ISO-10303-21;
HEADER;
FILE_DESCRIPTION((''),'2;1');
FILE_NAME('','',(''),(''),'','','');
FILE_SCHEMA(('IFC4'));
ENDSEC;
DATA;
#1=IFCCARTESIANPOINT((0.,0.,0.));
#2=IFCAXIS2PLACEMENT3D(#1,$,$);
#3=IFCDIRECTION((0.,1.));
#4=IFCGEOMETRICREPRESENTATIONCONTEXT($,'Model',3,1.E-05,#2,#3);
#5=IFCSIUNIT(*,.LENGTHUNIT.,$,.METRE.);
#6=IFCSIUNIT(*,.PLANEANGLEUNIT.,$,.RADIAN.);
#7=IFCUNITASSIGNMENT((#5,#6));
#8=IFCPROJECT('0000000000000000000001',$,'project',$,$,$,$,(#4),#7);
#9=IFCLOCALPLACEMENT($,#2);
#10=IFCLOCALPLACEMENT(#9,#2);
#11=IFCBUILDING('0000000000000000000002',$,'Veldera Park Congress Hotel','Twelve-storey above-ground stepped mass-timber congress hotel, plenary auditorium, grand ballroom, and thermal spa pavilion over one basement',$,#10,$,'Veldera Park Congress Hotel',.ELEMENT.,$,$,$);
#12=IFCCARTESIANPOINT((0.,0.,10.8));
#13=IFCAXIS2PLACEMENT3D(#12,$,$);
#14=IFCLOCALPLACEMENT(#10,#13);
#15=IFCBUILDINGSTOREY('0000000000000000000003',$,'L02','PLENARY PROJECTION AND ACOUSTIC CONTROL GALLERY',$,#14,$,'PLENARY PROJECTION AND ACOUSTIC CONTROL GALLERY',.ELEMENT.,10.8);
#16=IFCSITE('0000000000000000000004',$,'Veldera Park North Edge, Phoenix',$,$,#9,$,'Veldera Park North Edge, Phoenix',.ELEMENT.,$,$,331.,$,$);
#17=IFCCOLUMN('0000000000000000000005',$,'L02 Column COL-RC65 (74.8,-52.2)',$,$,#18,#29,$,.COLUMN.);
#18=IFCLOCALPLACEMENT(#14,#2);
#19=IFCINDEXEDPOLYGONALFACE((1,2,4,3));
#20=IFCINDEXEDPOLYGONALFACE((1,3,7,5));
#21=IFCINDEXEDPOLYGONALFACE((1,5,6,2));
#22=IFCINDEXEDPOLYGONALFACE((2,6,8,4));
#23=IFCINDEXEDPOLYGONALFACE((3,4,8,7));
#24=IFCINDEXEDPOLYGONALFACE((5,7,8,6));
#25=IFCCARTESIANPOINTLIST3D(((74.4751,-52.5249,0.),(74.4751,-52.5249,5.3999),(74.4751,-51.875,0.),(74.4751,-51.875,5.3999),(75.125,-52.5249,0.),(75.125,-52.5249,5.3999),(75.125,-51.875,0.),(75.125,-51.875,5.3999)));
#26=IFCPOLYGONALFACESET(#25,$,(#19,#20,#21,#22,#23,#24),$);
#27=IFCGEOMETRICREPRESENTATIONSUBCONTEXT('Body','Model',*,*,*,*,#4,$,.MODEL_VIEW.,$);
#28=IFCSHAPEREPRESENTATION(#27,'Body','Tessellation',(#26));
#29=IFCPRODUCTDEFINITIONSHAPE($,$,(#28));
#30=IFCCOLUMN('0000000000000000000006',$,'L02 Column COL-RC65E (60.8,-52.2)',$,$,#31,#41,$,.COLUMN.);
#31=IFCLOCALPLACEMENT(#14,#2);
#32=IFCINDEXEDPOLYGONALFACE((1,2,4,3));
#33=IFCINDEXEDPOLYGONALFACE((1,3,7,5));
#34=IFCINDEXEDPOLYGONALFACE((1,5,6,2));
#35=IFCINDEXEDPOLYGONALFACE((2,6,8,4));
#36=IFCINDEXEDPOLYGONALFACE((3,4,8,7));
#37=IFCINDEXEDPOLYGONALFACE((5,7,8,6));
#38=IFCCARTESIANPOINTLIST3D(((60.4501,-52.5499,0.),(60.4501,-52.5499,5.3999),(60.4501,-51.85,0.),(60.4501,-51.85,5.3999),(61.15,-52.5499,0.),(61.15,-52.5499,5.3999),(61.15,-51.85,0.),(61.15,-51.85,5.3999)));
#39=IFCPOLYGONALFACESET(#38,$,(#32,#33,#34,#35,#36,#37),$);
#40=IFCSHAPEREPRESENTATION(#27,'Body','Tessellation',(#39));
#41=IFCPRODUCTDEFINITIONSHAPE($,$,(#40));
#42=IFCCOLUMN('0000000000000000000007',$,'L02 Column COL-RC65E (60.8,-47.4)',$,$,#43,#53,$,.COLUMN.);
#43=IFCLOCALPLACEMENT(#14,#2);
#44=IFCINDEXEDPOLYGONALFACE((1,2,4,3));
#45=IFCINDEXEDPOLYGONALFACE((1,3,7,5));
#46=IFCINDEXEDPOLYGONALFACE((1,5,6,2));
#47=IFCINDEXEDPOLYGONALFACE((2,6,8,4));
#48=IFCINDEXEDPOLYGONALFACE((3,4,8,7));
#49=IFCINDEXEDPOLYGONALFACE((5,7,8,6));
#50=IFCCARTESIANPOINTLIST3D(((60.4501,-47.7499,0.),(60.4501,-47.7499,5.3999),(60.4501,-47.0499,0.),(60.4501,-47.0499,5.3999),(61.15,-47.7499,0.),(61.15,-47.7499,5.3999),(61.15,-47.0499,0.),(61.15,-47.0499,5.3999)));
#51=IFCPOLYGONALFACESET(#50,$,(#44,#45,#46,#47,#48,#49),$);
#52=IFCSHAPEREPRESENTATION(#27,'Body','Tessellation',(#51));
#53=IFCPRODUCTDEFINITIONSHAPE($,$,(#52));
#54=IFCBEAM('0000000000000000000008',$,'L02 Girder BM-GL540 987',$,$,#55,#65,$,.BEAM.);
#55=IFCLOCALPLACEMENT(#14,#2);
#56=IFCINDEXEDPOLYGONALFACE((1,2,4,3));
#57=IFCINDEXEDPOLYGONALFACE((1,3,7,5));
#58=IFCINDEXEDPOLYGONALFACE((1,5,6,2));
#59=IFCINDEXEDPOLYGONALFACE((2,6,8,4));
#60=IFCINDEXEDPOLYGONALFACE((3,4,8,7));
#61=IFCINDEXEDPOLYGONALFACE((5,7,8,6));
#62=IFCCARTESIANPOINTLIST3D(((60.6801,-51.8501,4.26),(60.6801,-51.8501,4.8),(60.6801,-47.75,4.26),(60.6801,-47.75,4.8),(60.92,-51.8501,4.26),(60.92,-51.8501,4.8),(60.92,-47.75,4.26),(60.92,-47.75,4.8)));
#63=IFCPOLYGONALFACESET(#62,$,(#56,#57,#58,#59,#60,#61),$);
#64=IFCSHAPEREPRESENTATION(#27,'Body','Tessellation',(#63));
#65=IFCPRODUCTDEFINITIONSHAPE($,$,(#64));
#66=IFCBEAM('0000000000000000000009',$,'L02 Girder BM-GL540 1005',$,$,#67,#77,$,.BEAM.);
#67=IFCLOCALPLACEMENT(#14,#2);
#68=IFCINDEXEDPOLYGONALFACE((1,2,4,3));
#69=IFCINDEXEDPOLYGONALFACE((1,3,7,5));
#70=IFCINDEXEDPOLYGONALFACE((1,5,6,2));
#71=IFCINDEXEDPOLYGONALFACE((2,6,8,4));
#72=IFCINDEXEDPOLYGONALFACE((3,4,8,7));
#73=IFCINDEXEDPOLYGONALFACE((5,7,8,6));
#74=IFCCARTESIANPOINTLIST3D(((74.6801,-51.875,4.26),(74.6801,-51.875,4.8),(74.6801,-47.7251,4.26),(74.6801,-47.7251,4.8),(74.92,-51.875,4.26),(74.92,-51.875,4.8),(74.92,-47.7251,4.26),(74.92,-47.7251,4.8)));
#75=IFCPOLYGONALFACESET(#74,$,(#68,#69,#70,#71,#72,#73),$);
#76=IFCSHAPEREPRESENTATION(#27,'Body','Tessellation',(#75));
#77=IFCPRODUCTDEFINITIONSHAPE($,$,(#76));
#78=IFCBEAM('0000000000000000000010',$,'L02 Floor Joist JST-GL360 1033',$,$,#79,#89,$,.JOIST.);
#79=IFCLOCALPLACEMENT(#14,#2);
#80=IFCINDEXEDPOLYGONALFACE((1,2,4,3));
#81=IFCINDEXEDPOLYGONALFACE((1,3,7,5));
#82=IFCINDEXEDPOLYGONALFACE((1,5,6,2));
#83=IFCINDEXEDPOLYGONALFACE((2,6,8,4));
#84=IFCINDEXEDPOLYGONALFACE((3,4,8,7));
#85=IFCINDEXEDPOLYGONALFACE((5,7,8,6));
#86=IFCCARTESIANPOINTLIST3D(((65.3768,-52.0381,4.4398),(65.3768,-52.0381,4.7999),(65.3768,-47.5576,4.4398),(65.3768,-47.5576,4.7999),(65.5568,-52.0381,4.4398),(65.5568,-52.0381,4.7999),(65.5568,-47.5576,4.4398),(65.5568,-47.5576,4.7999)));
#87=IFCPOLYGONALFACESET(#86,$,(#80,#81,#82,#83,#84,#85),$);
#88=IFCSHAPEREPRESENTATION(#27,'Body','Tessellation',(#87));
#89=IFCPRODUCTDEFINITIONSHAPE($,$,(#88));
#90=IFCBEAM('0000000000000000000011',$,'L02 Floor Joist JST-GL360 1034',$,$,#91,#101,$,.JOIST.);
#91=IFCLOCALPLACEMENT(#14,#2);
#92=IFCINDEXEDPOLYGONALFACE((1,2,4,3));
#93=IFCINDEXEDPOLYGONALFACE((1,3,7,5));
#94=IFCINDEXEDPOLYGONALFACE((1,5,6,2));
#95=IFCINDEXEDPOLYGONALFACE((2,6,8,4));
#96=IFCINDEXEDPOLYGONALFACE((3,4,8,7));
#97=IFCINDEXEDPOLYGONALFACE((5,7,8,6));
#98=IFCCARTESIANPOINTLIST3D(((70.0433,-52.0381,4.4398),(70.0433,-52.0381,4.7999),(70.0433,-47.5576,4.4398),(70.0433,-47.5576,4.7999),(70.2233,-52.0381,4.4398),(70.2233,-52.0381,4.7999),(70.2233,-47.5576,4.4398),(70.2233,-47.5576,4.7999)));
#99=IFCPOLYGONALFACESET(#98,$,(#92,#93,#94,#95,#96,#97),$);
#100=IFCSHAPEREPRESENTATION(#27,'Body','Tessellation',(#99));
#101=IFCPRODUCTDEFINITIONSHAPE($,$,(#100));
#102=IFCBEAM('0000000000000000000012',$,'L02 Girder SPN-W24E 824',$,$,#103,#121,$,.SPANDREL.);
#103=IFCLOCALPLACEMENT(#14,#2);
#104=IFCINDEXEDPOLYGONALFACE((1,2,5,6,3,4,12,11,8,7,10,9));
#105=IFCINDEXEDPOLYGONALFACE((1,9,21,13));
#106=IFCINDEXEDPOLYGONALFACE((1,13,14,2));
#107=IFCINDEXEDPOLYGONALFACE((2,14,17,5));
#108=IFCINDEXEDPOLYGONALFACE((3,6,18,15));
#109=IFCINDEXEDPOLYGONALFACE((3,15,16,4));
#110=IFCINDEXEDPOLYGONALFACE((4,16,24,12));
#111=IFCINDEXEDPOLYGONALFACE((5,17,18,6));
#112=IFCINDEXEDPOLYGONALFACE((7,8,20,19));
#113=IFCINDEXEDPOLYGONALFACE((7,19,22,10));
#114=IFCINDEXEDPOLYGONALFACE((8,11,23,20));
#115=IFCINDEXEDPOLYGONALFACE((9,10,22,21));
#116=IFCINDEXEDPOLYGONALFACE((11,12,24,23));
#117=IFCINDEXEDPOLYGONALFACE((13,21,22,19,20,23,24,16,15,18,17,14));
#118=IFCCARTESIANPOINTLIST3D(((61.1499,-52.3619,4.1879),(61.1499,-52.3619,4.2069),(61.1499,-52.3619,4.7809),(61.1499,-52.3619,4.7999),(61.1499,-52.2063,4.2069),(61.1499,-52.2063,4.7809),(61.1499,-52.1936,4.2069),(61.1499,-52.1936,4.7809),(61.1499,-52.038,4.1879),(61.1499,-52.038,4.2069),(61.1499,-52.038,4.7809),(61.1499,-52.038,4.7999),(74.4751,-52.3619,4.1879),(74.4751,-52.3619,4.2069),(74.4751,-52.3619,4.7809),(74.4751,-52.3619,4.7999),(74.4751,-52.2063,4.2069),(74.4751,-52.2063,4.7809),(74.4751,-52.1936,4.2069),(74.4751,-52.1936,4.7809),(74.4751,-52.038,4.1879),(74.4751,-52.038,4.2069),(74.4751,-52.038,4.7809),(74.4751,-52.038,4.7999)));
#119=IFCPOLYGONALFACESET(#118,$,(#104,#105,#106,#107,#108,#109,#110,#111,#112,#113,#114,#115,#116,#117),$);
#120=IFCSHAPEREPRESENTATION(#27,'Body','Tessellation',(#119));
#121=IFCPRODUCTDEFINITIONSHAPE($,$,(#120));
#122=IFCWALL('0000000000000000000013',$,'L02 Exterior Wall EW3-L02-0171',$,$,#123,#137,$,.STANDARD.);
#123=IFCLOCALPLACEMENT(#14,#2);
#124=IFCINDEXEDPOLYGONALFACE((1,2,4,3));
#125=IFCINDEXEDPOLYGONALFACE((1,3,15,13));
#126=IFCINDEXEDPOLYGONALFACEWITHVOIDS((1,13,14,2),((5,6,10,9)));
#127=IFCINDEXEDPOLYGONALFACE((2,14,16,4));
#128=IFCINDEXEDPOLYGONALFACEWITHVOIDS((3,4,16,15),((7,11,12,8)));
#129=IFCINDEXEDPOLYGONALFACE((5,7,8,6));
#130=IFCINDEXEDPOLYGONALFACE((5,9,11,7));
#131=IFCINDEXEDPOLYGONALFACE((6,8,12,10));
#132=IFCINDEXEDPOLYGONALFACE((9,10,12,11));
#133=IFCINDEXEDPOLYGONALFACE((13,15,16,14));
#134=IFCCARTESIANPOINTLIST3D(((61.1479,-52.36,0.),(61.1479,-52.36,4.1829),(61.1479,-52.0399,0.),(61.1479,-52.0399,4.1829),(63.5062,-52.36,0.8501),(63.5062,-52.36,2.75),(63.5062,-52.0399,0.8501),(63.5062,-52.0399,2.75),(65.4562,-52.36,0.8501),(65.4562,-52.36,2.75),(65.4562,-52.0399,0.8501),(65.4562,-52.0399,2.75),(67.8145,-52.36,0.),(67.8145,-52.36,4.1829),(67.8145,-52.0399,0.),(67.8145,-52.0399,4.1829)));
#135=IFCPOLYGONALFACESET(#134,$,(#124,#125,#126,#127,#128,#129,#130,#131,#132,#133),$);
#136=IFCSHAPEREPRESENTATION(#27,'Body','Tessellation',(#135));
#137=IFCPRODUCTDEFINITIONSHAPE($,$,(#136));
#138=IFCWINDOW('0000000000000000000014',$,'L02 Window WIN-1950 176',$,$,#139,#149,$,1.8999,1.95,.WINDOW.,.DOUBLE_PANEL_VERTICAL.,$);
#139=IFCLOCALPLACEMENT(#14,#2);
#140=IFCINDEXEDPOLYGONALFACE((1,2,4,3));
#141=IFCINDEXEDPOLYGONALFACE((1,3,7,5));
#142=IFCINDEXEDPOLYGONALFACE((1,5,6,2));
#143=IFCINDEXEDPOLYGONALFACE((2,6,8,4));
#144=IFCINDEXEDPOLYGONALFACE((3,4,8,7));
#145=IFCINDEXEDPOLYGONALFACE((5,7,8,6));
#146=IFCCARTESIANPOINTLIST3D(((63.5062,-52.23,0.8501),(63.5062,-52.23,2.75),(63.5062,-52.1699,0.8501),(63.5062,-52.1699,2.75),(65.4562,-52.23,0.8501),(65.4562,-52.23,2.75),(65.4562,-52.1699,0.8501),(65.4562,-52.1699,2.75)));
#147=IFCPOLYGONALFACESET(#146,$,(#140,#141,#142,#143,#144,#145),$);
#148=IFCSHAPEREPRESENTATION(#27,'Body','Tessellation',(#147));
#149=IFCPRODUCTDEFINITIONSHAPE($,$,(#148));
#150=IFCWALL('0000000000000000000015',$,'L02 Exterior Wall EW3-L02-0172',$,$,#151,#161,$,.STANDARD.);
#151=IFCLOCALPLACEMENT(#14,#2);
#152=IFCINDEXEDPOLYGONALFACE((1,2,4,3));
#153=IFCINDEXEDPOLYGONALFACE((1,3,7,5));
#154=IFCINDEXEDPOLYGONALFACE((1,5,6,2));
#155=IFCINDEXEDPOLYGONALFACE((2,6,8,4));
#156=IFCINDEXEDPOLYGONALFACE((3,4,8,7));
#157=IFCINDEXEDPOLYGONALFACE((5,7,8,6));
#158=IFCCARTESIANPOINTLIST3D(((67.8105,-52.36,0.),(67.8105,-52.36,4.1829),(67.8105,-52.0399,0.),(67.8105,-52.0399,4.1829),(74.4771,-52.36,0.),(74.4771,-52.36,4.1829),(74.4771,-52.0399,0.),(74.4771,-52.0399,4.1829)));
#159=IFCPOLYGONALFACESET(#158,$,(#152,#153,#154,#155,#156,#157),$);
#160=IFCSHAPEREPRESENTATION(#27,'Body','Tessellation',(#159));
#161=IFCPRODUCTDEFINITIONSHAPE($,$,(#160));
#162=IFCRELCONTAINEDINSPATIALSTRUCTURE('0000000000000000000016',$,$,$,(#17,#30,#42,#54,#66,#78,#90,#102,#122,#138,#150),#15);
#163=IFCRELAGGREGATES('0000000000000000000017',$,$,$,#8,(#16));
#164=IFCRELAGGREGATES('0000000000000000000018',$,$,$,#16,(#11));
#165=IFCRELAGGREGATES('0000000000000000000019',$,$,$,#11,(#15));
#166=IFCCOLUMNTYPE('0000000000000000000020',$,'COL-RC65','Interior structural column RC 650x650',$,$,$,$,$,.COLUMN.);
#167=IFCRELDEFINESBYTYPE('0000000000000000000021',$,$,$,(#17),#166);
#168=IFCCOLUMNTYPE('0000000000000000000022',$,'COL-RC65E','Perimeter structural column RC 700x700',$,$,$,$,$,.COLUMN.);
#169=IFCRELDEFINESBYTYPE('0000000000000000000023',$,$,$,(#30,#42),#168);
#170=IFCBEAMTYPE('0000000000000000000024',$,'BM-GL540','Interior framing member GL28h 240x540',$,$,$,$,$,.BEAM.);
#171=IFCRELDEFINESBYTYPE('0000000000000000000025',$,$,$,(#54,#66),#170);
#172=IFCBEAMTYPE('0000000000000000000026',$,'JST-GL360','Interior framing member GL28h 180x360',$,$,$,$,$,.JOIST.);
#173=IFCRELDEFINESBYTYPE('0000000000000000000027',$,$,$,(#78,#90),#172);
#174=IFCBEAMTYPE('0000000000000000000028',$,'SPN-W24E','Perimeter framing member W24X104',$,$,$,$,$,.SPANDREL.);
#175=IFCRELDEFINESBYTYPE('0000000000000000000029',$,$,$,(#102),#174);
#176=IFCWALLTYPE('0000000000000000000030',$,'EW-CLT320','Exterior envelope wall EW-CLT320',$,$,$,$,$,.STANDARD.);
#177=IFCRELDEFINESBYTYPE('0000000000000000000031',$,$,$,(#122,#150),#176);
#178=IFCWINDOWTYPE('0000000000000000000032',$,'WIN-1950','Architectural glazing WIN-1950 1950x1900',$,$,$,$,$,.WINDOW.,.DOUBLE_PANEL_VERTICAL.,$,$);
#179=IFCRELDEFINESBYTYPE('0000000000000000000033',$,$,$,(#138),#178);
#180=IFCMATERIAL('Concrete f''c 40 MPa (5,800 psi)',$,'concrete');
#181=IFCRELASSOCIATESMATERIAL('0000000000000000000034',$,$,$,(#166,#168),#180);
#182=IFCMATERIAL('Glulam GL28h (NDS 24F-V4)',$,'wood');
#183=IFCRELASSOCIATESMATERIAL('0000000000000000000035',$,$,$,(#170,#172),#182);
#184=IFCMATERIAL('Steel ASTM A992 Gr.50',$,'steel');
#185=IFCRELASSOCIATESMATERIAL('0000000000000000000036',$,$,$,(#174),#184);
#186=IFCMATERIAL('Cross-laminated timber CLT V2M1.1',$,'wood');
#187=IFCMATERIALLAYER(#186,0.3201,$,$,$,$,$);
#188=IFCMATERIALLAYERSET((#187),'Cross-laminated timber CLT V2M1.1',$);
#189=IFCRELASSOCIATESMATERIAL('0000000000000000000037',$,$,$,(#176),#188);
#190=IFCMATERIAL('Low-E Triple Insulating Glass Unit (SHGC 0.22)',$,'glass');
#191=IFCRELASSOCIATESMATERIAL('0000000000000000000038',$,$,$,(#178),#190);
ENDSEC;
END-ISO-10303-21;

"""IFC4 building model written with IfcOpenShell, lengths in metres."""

from ifc_helpers import new_model, si_unit, direction, frame, frame_2d, origin, origin_2d, place, context, subcontext, project, spatial, rectangle, i_section, extrude, material, layer, layer_set, material_profile, profile_set, type_object, element, fill, save


model = new_model("IFC4")

# Units and contexts
model_context = context("Model", 3, precision=1e-05, world=origin(), true_north=direction((0.0, 1.0)))
body_context = subcontext(model_context, "Body", "Model", "MODEL_VIEW")
ifc_project = project(units=[si_unit("LENGTHUNIT", "METRE"), si_unit("PLANEANGLEUNIT", "RADIAN")], contexts=[model_context])

# Site, building, storey
site_placement = place(None, origin())
site = spatial("IfcSite", under=ifc_project, at=site_placement, Name="Veldera Park North Edge, Phoenix", LongName="Veldera Park North Edge, Phoenix", CompositionType="ELEMENT", RefElevation=331.0)
building_placement = place(site_placement, origin())
building = spatial("IfcBuilding", under=site, at=building_placement, Name="Veldera Park Congress Hotel", Description="Twelve-storey above-ground stepped mass-timber congress hotel, plenary auditorium, grand ballroom, and thermal spa pavilion over one basement", LongName="Veldera Park Congress Hotel", CompositionType="ELEMENT")
storey_placement = place(building_placement, frame((0.0, 0.0, 10.8)))
storey = spatial("IfcBuildingStorey", under=building, at=storey_placement, Name="L02", Description="PLENARY PROJECTION AND ACOUSTIC CONTROL GALLERY", LongName="PLENARY PROJECTION AND ACOUSTIC CONTROL GALLERY", CompositionType="ELEMENT", Elevation=10.8)

# Columns
ifc_material_1 = material(Name="Concrete f'c 40 MPa (5,800 psi)", Category="concrete")
ifc_material_profile_1 = material_profile(ifc_material_1, rectangle(XDim=0.6499, YDim=0.6499, at=origin_2d()), Name="RC 650x650")
ifc_profile_set_1 = profile_set([ifc_material_profile_1], Name="Concrete f'c 40 MPa (5,800 psi)")
column_type_1 = type_object("IfcColumnType", Name="COL-RC65", Description="Interior structural column RC 650x650", PredefinedType="COLUMN", material=ifc_profile_set_1)
column_placement = place(storey_placement, frame((74.8, -52.2, 0.0), z_axis=(0.0, 0.0, 1.0), x_axis=(1.0, 0.0, 0.0)))
element("IfcColumn", 1, at=column_placement, inside=storey, type_object=column_type_1, Name="L02 Column COL-RC65 (74.8,-52.2)", PredefinedType="COLUMN", context=body_context, shape_type="SweptSolid", body=[
    extrude(rectangle(XDim=0.6499, YDim=0.6499, at=origin_2d()), origin(), (0.0, 0.0, 1.0), 5.3999),
])
ifc_material_profile_2 = material_profile(ifc_material_1, rectangle(XDim=0.7, YDim=0.7, at=origin_2d()), Name="RC 700x700")
ifc_profile_set_2 = profile_set([ifc_material_profile_2], Name="Concrete f'c 40 MPa (5,800 psi)")
column_type_2 = type_object("IfcColumnType", Name="COL-RC65E", Description="Perimeter structural column RC 700x700", PredefinedType="COLUMN", material=ifc_profile_set_2)
for number, where, z_axis, x_axis, name in (
    (2, (60.8, -52.2, 0.0), (0.0, 0.0, 1.0), (1.0, 0.0, 0.0), "L02 Column COL-RC65E (60.8,-52.2)"),
    (3, (60.8, -47.3999, 0.0), (0.0, 0.0, 1.0), (1.0, 0.0, 0.0), "L02 Column COL-RC65E (60.8,-47.4)"),
):
    element("IfcColumn", number, at=place(storey_placement, frame(where, z_axis=z_axis, x_axis=x_axis)), inside=storey, type_object=column_type_2, Name=name, PredefinedType="COLUMN", context=body_context, shape_type="SweptSolid", body=[
        extrude(rectangle(XDim=0.7, YDim=0.7, at=origin_2d()), origin(), (0.0, 0.0, 1.0), 5.3999),
    ])

# Beams
ifc_material_2 = material(Name="Glulam GL28h (NDS 24F-V4)", Category="wood")
ifc_material_profile_3 = material_profile(ifc_material_2, rectangle(XDim=0.24, YDim=0.54, at=origin_2d()), Name="GL28h 240x540")
ifc_profile_set_3 = profile_set([ifc_material_profile_3], Name="Glulam GL28h (NDS 24F-V4)")
beam_type_1 = type_object("IfcBeamType", Name="BM-GL540", Description="Interior framing member GL28h 240x540", PredefinedType="BEAM", material=ifc_profile_set_3)
beam_1_placement = place(storey_placement, frame((60.8, -51.8501, 4.53), z_axis=(0.0, 1.0, 0.0), x_axis=(-1.0, 0.0, 0.0)))
element("IfcBeam", 4, at=beam_1_placement, inside=storey, type_object=beam_type_1, Name="L02 Girder BM-GL540 987", PredefinedType="BEAM", context=body_context, shape_type="SweptSolid", body=[
    extrude(rectangle(XDim=0.24, YDim=0.54, at=origin_2d()), origin(), (0.0, 0.0, 1.0), 4.1001),
])
beam_2_placement = place(storey_placement, frame((74.8, -51.875, 4.53), z_axis=(0.0, 1.0, 0.0), x_axis=(-1.0, 0.0, 0.0)))
element("IfcBeam", 5, at=beam_2_placement, inside=storey, type_object=beam_type_1, Name="L02 Girder BM-GL540 1005", PredefinedType="BEAM", context=body_context, shape_type="SweptSolid", body=[
    extrude(rectangle(XDim=0.24, YDim=0.54, at=origin_2d()), origin(), (0.0, 0.0, 1.0), 4.1499),
])
ifc_material_profile_4 = material_profile(ifc_material_2, rectangle(XDim=0.1799, YDim=0.3601, at=origin_2d()), Name="GL28h 180x360")
ifc_profile_set_4 = profile_set([ifc_material_profile_4], Name="Glulam GL28h (NDS 24F-V4)")
beam_type_2 = type_object("IfcBeamType", Name="JST-GL360", Description="Interior framing member GL28h 180x360", PredefinedType="JOIST", material=ifc_profile_set_4)
for number, where, z_axis, x_axis, name in (
    (6, (65.4668, -52.0381, 4.6199), (0.0, 1.0, 0.0), (-1.0, 0.0, 0.0), "L02 Floor Joist JST-GL360 1033"),
    (7, (70.1333, -52.0381, 4.6199), (0.0, 1.0, 0.0), (-1.0, 0.0, 0.0), "L02 Floor Joist JST-GL360 1034"),
):
    element("IfcBeam", number, at=place(storey_placement, frame(where, z_axis=z_axis, x_axis=x_axis)), inside=storey, type_object=beam_type_2, Name=name, PredefinedType="JOIST", context=body_context, shape_type="SweptSolid", body=[
        extrude(rectangle(XDim=0.1799, YDim=0.3601, at=origin_2d()), origin(), (0.0, 0.0, 1.0), 4.4805),
    ])
ifc_material_3 = material(Name="Steel ASTM A992 Gr.50", Category="steel")
ifc_material_profile_5 = material_profile(ifc_material_3, i_section(OverallWidth=0.324, OverallDepth=0.6121, WebThickness=0.0127, FlangeThickness=0.019, at=origin_2d()), Name="W24X104")
ifc_profile_set_5 = profile_set([ifc_material_profile_5], Name="Steel ASTM A992 Gr.50")
beam_type_3 = type_object("IfcBeamType", Name="SPN-W24E", Description="Perimeter framing member W24X104", PredefinedType="SPANDREL", material=ifc_profile_set_5)
beam_3_placement = place(storey_placement, frame((61.1499, -52.2, 4.4939), z_axis=(1.0, 0.0, 0.0), x_axis=(0.0, 1.0, 0.0)))
element("IfcBeam", 8, at=beam_3_placement, inside=storey, type_object=beam_type_3, Name="L02 Girder SPN-W24E 824", PredefinedType="SPANDREL", context=body_context, shape_type="SweptSolid", body=[
    extrude(i_section(OverallWidth=0.324, OverallDepth=0.6121, WebThickness=0.0127, FlangeThickness=0.019, at=origin_2d()), origin(), (0.0, 0.0, 1.0), 13.3252),
])

# Wall, opening, window
ifc_material_4 = material(Name="Cross-laminated timber CLT V2M1.1", Category="wood")
ifc_layer_1 = layer(ifc_material_4, 0.3201)
ifc_layer_set_1 = layer_set([ifc_layer_1], Name="Cross-laminated timber CLT V2M1.1")
wall_type_1 = type_object("IfcWallType", Name="EW-CLT320", Description="Exterior envelope wall EW-CLT320", PredefinedType="STANDARD", material=ifc_layer_set_1)
wall_1_placement = place(storey_placement, frame((61.1479, -52.2, 0.0), z_axis=(0.0, 0.0, 1.0), x_axis=(1.0, 0.0, 0.0)))
wall_1 = element("IfcWall", 9, at=wall_1_placement, inside=storey, type_object=wall_type_1, Name="L02 Exterior Wall EW3-L02-0171", PredefinedType="STANDARD", context=body_context, shape_type="SweptSolid", body=[
    extrude(rectangle(XDim=6.6665, YDim=0.3201, at=frame_2d((3.3333, 0.0))), origin(), (0.0, 0.0, 1.0), 4.1829),
])
opening_1_placement = place(wall_1_placement, frame((2.3582, 0.0, 0.8501)))
opening_1 = element("IfcOpeningElement", 10, at=opening_1_placement, cuts=wall_1, PredefinedType="OPENING", context=body_context, shape_type="SweptSolid", body=[
    extrude(rectangle(XDim=1.95, YDim=1.8999, at=frame_2d((0.9751, 0.95))), frame((0.0, 0.1721, 0.0), z_axis=(0.0, -1.0, 0.0), x_axis=(1.0, 0.0, 0.0)), (0.0, 0.0, 1.0), 0.344),
])
ifc_material_5 = material(Name="Low-E Triple Insulating Glass Unit (SHGC 0.22)", Category="glass")
window_type = type_object("IfcWindowType", Name="WIN-1950", Description="Architectural glazing WIN-1950 1950x1900", PartitioningType="DOUBLE_PANEL_VERTICAL", PredefinedType="WINDOW", material=ifc_material_5)
window_1_placement = place(opening_1_placement, origin())
window_1 = element("IfcWindow", 11, at=window_1_placement, inside=storey, type_object=window_type, Name="L02 Window WIN-1950 176", OverallHeight=1.8999, OverallWidth=1.95, PartitioningType="DOUBLE_PANEL_VERTICAL", PredefinedType="WINDOW", context=body_context, shape_type="SweptSolid", body=[
    extrude(rectangle(XDim=1.95, YDim=1.8999, at=frame_2d((0.9751, 0.95))), frame((0.0, 0.03, 0.0), z_axis=(0.0, -1.0, 0.0), x_axis=(1.0, 0.0, 0.0)), (0.0, 0.0, 1.0), 0.0601),
])
fill(opening_1, window_1)

# Wall
wall_2_placement = place(storey_placement, frame((67.8105, -52.2, 0.0), z_axis=(0.0, 0.0, 1.0), x_axis=(1.0, 0.0, 0.0)))
element("IfcWall", 12, at=wall_2_placement, inside=storey, type_object=wall_type_1, Name="L02 Exterior Wall EW3-L02-0172", PredefinedType="STANDARD", context=body_context, shape_type="SweptSolid", body=[
    extrude(rectangle(XDim=6.6665, YDim=0.3201, at=frame_2d((3.3333, 0.0))), origin(), (0.0, 0.0, 1.0), 4.1829),
])

save(model, "model.ifc")
